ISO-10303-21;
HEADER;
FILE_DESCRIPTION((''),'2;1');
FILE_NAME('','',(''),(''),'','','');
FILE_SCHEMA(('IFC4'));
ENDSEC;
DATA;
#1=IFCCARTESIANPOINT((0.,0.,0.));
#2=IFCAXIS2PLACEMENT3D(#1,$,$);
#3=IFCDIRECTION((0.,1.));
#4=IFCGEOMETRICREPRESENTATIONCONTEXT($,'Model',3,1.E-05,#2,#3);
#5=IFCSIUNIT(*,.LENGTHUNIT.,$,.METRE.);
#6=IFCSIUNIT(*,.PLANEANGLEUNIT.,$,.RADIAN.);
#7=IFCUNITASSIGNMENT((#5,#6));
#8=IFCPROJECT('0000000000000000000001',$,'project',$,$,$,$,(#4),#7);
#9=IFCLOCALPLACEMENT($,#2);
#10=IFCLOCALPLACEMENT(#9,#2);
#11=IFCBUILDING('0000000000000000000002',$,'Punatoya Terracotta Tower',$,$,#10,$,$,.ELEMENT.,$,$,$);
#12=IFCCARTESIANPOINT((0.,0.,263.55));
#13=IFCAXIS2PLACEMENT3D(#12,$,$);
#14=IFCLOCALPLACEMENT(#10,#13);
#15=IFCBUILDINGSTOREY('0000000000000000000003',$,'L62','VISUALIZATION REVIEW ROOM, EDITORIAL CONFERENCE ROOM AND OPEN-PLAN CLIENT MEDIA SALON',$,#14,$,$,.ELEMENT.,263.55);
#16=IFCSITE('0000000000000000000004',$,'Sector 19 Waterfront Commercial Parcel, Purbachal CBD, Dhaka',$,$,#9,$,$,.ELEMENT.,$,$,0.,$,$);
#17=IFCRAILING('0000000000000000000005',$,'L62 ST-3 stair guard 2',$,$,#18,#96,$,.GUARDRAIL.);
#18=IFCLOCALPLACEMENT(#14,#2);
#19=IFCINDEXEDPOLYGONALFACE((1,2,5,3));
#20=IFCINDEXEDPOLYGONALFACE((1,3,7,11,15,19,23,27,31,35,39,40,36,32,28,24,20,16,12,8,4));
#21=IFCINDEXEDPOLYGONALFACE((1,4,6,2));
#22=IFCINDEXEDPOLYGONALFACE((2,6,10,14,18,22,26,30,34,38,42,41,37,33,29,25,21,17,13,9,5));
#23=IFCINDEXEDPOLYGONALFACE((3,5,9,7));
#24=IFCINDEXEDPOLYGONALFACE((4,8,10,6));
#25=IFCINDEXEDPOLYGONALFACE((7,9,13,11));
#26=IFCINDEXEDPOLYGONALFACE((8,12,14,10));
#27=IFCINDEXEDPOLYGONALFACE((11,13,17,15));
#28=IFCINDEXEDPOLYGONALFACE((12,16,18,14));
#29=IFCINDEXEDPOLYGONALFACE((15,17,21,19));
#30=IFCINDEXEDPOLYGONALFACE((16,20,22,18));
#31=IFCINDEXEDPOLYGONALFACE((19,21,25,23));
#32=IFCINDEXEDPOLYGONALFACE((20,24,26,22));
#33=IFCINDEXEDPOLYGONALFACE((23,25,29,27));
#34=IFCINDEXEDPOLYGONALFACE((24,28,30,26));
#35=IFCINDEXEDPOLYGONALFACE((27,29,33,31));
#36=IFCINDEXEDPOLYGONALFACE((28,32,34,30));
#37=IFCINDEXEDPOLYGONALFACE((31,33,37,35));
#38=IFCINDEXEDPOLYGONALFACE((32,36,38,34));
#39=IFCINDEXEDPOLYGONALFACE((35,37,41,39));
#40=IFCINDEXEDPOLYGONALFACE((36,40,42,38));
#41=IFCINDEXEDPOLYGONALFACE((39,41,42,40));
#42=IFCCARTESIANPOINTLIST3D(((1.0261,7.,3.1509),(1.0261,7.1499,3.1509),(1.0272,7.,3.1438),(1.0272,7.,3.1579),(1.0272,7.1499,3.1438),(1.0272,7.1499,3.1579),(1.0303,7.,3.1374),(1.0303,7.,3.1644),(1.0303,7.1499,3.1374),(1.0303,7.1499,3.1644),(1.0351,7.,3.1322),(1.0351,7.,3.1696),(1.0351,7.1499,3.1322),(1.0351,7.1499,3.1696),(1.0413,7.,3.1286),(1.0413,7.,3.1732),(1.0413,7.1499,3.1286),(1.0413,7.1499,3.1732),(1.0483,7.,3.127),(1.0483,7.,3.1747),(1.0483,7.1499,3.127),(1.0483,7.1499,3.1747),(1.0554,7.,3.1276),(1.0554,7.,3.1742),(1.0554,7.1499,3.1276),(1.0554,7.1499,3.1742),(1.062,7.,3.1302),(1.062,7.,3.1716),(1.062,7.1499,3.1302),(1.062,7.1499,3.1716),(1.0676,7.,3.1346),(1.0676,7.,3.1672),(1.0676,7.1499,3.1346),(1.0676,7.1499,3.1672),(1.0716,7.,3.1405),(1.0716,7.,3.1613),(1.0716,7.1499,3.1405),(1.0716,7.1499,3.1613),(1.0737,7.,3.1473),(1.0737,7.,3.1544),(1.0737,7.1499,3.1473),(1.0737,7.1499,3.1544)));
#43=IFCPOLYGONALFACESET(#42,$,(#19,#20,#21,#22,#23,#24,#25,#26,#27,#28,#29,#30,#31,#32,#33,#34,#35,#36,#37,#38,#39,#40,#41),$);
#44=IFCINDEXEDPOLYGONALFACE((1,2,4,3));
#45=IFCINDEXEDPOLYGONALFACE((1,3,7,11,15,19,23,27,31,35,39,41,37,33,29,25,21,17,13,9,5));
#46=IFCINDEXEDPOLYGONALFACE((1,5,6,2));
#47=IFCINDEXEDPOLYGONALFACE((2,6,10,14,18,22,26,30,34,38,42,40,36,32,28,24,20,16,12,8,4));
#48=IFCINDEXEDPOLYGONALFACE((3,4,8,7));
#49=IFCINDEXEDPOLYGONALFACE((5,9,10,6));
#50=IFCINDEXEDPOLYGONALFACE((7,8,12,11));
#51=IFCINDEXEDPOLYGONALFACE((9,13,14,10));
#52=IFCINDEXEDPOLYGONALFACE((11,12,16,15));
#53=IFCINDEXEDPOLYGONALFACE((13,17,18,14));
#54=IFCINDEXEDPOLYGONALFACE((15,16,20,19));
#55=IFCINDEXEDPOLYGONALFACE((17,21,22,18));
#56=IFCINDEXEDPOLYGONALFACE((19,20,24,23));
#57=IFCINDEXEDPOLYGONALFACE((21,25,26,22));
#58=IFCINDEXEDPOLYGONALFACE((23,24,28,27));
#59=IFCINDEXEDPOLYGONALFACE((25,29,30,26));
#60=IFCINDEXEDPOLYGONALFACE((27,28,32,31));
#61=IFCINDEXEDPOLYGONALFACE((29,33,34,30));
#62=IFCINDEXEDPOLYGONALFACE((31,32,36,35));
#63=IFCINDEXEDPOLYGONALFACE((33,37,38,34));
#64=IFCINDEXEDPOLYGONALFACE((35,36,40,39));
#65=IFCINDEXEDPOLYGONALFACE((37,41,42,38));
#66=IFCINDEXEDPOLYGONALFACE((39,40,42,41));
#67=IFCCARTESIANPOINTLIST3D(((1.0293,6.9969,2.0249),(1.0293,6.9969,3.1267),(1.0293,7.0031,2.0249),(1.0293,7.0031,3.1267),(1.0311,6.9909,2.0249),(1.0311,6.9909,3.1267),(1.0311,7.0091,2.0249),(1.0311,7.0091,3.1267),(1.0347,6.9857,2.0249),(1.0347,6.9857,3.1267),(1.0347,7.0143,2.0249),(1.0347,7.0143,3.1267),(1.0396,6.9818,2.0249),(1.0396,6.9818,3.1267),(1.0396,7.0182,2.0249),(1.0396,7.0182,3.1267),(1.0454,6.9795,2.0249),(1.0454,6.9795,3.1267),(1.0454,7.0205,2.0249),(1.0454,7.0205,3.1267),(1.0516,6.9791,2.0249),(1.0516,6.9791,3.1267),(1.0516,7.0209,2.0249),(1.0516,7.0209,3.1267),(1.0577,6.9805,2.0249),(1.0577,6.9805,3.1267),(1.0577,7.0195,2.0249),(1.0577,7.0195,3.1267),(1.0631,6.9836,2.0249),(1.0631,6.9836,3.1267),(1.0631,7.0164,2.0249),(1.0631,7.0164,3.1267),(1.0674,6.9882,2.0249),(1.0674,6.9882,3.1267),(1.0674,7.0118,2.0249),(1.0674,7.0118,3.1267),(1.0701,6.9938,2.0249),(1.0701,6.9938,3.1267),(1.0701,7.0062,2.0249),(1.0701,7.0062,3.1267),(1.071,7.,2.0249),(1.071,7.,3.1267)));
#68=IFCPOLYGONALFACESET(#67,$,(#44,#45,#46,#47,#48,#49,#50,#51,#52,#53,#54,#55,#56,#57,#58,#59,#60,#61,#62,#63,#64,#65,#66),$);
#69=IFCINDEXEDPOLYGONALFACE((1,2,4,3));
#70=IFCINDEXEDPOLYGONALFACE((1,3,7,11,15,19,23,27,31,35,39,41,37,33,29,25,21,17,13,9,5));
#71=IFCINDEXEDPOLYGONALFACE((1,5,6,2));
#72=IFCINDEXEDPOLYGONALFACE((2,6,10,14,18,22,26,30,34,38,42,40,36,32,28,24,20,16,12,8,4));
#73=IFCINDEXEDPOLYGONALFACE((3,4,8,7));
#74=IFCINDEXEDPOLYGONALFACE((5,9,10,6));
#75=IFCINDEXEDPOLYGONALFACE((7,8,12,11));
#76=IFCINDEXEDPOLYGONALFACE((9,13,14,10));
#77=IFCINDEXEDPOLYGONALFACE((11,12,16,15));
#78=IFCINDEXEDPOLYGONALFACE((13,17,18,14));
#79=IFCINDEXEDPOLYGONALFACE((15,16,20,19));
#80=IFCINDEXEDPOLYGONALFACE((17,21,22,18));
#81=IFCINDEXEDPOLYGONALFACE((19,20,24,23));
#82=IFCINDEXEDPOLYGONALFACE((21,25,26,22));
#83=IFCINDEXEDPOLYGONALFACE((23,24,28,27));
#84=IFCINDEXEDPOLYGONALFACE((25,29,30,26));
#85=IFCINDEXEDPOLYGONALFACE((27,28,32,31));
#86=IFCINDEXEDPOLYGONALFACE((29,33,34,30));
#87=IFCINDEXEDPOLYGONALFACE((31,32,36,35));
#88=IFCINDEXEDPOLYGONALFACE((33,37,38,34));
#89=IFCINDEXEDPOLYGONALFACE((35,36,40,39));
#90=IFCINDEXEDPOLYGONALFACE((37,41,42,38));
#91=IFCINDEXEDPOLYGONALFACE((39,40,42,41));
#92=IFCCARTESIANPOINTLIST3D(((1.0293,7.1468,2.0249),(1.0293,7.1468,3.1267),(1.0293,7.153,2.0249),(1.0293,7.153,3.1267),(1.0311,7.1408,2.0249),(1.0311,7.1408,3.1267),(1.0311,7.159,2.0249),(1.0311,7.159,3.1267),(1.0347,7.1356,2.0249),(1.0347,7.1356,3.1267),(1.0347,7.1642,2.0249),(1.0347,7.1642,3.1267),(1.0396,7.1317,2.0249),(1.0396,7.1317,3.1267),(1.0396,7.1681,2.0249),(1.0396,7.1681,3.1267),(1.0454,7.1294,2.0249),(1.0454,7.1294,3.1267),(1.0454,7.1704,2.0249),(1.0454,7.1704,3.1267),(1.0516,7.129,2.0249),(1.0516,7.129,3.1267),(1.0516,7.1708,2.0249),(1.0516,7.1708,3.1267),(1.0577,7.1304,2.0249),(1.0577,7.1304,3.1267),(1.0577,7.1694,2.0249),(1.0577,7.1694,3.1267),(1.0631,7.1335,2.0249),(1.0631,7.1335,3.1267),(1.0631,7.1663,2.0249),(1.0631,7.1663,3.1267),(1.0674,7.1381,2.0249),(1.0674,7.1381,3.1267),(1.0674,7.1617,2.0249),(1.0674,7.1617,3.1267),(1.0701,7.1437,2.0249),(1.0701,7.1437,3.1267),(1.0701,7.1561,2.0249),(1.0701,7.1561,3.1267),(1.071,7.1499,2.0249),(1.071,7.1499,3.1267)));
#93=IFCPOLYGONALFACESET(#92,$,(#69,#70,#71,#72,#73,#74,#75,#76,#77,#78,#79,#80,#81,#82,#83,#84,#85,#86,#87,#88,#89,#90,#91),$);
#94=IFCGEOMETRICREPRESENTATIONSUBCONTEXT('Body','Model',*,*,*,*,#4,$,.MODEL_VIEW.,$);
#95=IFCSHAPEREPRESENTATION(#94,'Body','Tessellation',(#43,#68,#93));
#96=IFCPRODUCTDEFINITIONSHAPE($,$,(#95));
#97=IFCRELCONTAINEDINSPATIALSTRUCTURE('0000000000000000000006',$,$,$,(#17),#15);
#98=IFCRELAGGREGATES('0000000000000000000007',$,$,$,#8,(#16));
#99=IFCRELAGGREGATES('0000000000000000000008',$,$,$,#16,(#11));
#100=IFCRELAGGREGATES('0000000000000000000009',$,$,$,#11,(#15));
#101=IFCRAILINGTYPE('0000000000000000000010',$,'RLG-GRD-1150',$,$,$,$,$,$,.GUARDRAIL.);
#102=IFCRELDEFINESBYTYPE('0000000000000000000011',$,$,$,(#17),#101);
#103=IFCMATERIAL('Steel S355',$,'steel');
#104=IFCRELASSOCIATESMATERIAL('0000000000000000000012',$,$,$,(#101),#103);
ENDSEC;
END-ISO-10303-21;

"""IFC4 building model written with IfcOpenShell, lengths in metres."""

from ifc_helpers import new_model, si_unit, direction, frame, origin, origin_2d, place, context, subcontext, project, spatial, circle, extrude, material, type_object, element, save


model = new_model("IFC4")

# Units and contexts
model_context = context("Model", 3, precision=1e-05, world=origin(), true_north=direction((0.0, 1.0)))
body_context = subcontext(model_context, "Body", "Model", "MODEL_VIEW")
ifc_project = project(units=[si_unit("LENGTHUNIT", "METRE"), si_unit("PLANEANGLEUNIT", "RADIAN")], contexts=[model_context])

# Site, building, storey
site_placement = place(None, origin())
site = spatial("IfcSite", under=ifc_project, at=site_placement, Name="Sector 19 Waterfront Commercial Parcel, Purbachal CBD, Dhaka", CompositionType="ELEMENT", RefElevation=0.0)
building_placement = place(site_placement, origin())
building = spatial("IfcBuilding", under=site, at=building_placement, Name="Punatoya Terracotta Tower", CompositionType="ELEMENT")
storey_placement = place(building_placement, frame((0.0, 0.0, 263.55)))
storey = spatial("IfcBuildingStorey", under=building, at=storey_placement, Name="L62", Description="VISUALIZATION REVIEW ROOM, EDITORIAL CONFERENCE ROOM AND OPEN-PLAN CLIENT MEDIA SALON", CompositionType="ELEMENT", Elevation=263.55)

# Shared definitions
ifc_material_1 = material(Name="Steel S355", Category="steel")

# Railing
railing_type_1 = type_object("IfcRailingType", Name="RLG-GRD-1150", PredefinedType="GUARDRAIL", material=ifc_material_1)
railing_1_placement = place(storey_placement, frame((1.05, 7.0, 2.0249)))
element("IfcRailing", 1, at=railing_1_placement, inside=storey, type_object=railing_type_1, Name="L62 ST-3 stair guard 2", PredefinedType="GUARDRAIL", context=body_context, shape_type="SweptSolid", body=[
    extrude(circle(Radius=0.0239, at=origin_2d()), frame((0.0, 0.0, 1.126), z_axis=(0.0, 1.0, 0.0), x_axis=(-1.0, 0.0, 0.0)), (0.0, 0.0, 1.0), 0.1499),
    extrude(circle(Radius=0.021, at=origin_2d()), origin(), (0.0, 0.0, 1.0), 1.1018),
    extrude(circle(Radius=0.021, at=origin_2d()), frame((0.0, 0.1499, 0.0)), (0.0, 0.0, 1.0), 1.1018),
])

save(model, "model.ifc")
